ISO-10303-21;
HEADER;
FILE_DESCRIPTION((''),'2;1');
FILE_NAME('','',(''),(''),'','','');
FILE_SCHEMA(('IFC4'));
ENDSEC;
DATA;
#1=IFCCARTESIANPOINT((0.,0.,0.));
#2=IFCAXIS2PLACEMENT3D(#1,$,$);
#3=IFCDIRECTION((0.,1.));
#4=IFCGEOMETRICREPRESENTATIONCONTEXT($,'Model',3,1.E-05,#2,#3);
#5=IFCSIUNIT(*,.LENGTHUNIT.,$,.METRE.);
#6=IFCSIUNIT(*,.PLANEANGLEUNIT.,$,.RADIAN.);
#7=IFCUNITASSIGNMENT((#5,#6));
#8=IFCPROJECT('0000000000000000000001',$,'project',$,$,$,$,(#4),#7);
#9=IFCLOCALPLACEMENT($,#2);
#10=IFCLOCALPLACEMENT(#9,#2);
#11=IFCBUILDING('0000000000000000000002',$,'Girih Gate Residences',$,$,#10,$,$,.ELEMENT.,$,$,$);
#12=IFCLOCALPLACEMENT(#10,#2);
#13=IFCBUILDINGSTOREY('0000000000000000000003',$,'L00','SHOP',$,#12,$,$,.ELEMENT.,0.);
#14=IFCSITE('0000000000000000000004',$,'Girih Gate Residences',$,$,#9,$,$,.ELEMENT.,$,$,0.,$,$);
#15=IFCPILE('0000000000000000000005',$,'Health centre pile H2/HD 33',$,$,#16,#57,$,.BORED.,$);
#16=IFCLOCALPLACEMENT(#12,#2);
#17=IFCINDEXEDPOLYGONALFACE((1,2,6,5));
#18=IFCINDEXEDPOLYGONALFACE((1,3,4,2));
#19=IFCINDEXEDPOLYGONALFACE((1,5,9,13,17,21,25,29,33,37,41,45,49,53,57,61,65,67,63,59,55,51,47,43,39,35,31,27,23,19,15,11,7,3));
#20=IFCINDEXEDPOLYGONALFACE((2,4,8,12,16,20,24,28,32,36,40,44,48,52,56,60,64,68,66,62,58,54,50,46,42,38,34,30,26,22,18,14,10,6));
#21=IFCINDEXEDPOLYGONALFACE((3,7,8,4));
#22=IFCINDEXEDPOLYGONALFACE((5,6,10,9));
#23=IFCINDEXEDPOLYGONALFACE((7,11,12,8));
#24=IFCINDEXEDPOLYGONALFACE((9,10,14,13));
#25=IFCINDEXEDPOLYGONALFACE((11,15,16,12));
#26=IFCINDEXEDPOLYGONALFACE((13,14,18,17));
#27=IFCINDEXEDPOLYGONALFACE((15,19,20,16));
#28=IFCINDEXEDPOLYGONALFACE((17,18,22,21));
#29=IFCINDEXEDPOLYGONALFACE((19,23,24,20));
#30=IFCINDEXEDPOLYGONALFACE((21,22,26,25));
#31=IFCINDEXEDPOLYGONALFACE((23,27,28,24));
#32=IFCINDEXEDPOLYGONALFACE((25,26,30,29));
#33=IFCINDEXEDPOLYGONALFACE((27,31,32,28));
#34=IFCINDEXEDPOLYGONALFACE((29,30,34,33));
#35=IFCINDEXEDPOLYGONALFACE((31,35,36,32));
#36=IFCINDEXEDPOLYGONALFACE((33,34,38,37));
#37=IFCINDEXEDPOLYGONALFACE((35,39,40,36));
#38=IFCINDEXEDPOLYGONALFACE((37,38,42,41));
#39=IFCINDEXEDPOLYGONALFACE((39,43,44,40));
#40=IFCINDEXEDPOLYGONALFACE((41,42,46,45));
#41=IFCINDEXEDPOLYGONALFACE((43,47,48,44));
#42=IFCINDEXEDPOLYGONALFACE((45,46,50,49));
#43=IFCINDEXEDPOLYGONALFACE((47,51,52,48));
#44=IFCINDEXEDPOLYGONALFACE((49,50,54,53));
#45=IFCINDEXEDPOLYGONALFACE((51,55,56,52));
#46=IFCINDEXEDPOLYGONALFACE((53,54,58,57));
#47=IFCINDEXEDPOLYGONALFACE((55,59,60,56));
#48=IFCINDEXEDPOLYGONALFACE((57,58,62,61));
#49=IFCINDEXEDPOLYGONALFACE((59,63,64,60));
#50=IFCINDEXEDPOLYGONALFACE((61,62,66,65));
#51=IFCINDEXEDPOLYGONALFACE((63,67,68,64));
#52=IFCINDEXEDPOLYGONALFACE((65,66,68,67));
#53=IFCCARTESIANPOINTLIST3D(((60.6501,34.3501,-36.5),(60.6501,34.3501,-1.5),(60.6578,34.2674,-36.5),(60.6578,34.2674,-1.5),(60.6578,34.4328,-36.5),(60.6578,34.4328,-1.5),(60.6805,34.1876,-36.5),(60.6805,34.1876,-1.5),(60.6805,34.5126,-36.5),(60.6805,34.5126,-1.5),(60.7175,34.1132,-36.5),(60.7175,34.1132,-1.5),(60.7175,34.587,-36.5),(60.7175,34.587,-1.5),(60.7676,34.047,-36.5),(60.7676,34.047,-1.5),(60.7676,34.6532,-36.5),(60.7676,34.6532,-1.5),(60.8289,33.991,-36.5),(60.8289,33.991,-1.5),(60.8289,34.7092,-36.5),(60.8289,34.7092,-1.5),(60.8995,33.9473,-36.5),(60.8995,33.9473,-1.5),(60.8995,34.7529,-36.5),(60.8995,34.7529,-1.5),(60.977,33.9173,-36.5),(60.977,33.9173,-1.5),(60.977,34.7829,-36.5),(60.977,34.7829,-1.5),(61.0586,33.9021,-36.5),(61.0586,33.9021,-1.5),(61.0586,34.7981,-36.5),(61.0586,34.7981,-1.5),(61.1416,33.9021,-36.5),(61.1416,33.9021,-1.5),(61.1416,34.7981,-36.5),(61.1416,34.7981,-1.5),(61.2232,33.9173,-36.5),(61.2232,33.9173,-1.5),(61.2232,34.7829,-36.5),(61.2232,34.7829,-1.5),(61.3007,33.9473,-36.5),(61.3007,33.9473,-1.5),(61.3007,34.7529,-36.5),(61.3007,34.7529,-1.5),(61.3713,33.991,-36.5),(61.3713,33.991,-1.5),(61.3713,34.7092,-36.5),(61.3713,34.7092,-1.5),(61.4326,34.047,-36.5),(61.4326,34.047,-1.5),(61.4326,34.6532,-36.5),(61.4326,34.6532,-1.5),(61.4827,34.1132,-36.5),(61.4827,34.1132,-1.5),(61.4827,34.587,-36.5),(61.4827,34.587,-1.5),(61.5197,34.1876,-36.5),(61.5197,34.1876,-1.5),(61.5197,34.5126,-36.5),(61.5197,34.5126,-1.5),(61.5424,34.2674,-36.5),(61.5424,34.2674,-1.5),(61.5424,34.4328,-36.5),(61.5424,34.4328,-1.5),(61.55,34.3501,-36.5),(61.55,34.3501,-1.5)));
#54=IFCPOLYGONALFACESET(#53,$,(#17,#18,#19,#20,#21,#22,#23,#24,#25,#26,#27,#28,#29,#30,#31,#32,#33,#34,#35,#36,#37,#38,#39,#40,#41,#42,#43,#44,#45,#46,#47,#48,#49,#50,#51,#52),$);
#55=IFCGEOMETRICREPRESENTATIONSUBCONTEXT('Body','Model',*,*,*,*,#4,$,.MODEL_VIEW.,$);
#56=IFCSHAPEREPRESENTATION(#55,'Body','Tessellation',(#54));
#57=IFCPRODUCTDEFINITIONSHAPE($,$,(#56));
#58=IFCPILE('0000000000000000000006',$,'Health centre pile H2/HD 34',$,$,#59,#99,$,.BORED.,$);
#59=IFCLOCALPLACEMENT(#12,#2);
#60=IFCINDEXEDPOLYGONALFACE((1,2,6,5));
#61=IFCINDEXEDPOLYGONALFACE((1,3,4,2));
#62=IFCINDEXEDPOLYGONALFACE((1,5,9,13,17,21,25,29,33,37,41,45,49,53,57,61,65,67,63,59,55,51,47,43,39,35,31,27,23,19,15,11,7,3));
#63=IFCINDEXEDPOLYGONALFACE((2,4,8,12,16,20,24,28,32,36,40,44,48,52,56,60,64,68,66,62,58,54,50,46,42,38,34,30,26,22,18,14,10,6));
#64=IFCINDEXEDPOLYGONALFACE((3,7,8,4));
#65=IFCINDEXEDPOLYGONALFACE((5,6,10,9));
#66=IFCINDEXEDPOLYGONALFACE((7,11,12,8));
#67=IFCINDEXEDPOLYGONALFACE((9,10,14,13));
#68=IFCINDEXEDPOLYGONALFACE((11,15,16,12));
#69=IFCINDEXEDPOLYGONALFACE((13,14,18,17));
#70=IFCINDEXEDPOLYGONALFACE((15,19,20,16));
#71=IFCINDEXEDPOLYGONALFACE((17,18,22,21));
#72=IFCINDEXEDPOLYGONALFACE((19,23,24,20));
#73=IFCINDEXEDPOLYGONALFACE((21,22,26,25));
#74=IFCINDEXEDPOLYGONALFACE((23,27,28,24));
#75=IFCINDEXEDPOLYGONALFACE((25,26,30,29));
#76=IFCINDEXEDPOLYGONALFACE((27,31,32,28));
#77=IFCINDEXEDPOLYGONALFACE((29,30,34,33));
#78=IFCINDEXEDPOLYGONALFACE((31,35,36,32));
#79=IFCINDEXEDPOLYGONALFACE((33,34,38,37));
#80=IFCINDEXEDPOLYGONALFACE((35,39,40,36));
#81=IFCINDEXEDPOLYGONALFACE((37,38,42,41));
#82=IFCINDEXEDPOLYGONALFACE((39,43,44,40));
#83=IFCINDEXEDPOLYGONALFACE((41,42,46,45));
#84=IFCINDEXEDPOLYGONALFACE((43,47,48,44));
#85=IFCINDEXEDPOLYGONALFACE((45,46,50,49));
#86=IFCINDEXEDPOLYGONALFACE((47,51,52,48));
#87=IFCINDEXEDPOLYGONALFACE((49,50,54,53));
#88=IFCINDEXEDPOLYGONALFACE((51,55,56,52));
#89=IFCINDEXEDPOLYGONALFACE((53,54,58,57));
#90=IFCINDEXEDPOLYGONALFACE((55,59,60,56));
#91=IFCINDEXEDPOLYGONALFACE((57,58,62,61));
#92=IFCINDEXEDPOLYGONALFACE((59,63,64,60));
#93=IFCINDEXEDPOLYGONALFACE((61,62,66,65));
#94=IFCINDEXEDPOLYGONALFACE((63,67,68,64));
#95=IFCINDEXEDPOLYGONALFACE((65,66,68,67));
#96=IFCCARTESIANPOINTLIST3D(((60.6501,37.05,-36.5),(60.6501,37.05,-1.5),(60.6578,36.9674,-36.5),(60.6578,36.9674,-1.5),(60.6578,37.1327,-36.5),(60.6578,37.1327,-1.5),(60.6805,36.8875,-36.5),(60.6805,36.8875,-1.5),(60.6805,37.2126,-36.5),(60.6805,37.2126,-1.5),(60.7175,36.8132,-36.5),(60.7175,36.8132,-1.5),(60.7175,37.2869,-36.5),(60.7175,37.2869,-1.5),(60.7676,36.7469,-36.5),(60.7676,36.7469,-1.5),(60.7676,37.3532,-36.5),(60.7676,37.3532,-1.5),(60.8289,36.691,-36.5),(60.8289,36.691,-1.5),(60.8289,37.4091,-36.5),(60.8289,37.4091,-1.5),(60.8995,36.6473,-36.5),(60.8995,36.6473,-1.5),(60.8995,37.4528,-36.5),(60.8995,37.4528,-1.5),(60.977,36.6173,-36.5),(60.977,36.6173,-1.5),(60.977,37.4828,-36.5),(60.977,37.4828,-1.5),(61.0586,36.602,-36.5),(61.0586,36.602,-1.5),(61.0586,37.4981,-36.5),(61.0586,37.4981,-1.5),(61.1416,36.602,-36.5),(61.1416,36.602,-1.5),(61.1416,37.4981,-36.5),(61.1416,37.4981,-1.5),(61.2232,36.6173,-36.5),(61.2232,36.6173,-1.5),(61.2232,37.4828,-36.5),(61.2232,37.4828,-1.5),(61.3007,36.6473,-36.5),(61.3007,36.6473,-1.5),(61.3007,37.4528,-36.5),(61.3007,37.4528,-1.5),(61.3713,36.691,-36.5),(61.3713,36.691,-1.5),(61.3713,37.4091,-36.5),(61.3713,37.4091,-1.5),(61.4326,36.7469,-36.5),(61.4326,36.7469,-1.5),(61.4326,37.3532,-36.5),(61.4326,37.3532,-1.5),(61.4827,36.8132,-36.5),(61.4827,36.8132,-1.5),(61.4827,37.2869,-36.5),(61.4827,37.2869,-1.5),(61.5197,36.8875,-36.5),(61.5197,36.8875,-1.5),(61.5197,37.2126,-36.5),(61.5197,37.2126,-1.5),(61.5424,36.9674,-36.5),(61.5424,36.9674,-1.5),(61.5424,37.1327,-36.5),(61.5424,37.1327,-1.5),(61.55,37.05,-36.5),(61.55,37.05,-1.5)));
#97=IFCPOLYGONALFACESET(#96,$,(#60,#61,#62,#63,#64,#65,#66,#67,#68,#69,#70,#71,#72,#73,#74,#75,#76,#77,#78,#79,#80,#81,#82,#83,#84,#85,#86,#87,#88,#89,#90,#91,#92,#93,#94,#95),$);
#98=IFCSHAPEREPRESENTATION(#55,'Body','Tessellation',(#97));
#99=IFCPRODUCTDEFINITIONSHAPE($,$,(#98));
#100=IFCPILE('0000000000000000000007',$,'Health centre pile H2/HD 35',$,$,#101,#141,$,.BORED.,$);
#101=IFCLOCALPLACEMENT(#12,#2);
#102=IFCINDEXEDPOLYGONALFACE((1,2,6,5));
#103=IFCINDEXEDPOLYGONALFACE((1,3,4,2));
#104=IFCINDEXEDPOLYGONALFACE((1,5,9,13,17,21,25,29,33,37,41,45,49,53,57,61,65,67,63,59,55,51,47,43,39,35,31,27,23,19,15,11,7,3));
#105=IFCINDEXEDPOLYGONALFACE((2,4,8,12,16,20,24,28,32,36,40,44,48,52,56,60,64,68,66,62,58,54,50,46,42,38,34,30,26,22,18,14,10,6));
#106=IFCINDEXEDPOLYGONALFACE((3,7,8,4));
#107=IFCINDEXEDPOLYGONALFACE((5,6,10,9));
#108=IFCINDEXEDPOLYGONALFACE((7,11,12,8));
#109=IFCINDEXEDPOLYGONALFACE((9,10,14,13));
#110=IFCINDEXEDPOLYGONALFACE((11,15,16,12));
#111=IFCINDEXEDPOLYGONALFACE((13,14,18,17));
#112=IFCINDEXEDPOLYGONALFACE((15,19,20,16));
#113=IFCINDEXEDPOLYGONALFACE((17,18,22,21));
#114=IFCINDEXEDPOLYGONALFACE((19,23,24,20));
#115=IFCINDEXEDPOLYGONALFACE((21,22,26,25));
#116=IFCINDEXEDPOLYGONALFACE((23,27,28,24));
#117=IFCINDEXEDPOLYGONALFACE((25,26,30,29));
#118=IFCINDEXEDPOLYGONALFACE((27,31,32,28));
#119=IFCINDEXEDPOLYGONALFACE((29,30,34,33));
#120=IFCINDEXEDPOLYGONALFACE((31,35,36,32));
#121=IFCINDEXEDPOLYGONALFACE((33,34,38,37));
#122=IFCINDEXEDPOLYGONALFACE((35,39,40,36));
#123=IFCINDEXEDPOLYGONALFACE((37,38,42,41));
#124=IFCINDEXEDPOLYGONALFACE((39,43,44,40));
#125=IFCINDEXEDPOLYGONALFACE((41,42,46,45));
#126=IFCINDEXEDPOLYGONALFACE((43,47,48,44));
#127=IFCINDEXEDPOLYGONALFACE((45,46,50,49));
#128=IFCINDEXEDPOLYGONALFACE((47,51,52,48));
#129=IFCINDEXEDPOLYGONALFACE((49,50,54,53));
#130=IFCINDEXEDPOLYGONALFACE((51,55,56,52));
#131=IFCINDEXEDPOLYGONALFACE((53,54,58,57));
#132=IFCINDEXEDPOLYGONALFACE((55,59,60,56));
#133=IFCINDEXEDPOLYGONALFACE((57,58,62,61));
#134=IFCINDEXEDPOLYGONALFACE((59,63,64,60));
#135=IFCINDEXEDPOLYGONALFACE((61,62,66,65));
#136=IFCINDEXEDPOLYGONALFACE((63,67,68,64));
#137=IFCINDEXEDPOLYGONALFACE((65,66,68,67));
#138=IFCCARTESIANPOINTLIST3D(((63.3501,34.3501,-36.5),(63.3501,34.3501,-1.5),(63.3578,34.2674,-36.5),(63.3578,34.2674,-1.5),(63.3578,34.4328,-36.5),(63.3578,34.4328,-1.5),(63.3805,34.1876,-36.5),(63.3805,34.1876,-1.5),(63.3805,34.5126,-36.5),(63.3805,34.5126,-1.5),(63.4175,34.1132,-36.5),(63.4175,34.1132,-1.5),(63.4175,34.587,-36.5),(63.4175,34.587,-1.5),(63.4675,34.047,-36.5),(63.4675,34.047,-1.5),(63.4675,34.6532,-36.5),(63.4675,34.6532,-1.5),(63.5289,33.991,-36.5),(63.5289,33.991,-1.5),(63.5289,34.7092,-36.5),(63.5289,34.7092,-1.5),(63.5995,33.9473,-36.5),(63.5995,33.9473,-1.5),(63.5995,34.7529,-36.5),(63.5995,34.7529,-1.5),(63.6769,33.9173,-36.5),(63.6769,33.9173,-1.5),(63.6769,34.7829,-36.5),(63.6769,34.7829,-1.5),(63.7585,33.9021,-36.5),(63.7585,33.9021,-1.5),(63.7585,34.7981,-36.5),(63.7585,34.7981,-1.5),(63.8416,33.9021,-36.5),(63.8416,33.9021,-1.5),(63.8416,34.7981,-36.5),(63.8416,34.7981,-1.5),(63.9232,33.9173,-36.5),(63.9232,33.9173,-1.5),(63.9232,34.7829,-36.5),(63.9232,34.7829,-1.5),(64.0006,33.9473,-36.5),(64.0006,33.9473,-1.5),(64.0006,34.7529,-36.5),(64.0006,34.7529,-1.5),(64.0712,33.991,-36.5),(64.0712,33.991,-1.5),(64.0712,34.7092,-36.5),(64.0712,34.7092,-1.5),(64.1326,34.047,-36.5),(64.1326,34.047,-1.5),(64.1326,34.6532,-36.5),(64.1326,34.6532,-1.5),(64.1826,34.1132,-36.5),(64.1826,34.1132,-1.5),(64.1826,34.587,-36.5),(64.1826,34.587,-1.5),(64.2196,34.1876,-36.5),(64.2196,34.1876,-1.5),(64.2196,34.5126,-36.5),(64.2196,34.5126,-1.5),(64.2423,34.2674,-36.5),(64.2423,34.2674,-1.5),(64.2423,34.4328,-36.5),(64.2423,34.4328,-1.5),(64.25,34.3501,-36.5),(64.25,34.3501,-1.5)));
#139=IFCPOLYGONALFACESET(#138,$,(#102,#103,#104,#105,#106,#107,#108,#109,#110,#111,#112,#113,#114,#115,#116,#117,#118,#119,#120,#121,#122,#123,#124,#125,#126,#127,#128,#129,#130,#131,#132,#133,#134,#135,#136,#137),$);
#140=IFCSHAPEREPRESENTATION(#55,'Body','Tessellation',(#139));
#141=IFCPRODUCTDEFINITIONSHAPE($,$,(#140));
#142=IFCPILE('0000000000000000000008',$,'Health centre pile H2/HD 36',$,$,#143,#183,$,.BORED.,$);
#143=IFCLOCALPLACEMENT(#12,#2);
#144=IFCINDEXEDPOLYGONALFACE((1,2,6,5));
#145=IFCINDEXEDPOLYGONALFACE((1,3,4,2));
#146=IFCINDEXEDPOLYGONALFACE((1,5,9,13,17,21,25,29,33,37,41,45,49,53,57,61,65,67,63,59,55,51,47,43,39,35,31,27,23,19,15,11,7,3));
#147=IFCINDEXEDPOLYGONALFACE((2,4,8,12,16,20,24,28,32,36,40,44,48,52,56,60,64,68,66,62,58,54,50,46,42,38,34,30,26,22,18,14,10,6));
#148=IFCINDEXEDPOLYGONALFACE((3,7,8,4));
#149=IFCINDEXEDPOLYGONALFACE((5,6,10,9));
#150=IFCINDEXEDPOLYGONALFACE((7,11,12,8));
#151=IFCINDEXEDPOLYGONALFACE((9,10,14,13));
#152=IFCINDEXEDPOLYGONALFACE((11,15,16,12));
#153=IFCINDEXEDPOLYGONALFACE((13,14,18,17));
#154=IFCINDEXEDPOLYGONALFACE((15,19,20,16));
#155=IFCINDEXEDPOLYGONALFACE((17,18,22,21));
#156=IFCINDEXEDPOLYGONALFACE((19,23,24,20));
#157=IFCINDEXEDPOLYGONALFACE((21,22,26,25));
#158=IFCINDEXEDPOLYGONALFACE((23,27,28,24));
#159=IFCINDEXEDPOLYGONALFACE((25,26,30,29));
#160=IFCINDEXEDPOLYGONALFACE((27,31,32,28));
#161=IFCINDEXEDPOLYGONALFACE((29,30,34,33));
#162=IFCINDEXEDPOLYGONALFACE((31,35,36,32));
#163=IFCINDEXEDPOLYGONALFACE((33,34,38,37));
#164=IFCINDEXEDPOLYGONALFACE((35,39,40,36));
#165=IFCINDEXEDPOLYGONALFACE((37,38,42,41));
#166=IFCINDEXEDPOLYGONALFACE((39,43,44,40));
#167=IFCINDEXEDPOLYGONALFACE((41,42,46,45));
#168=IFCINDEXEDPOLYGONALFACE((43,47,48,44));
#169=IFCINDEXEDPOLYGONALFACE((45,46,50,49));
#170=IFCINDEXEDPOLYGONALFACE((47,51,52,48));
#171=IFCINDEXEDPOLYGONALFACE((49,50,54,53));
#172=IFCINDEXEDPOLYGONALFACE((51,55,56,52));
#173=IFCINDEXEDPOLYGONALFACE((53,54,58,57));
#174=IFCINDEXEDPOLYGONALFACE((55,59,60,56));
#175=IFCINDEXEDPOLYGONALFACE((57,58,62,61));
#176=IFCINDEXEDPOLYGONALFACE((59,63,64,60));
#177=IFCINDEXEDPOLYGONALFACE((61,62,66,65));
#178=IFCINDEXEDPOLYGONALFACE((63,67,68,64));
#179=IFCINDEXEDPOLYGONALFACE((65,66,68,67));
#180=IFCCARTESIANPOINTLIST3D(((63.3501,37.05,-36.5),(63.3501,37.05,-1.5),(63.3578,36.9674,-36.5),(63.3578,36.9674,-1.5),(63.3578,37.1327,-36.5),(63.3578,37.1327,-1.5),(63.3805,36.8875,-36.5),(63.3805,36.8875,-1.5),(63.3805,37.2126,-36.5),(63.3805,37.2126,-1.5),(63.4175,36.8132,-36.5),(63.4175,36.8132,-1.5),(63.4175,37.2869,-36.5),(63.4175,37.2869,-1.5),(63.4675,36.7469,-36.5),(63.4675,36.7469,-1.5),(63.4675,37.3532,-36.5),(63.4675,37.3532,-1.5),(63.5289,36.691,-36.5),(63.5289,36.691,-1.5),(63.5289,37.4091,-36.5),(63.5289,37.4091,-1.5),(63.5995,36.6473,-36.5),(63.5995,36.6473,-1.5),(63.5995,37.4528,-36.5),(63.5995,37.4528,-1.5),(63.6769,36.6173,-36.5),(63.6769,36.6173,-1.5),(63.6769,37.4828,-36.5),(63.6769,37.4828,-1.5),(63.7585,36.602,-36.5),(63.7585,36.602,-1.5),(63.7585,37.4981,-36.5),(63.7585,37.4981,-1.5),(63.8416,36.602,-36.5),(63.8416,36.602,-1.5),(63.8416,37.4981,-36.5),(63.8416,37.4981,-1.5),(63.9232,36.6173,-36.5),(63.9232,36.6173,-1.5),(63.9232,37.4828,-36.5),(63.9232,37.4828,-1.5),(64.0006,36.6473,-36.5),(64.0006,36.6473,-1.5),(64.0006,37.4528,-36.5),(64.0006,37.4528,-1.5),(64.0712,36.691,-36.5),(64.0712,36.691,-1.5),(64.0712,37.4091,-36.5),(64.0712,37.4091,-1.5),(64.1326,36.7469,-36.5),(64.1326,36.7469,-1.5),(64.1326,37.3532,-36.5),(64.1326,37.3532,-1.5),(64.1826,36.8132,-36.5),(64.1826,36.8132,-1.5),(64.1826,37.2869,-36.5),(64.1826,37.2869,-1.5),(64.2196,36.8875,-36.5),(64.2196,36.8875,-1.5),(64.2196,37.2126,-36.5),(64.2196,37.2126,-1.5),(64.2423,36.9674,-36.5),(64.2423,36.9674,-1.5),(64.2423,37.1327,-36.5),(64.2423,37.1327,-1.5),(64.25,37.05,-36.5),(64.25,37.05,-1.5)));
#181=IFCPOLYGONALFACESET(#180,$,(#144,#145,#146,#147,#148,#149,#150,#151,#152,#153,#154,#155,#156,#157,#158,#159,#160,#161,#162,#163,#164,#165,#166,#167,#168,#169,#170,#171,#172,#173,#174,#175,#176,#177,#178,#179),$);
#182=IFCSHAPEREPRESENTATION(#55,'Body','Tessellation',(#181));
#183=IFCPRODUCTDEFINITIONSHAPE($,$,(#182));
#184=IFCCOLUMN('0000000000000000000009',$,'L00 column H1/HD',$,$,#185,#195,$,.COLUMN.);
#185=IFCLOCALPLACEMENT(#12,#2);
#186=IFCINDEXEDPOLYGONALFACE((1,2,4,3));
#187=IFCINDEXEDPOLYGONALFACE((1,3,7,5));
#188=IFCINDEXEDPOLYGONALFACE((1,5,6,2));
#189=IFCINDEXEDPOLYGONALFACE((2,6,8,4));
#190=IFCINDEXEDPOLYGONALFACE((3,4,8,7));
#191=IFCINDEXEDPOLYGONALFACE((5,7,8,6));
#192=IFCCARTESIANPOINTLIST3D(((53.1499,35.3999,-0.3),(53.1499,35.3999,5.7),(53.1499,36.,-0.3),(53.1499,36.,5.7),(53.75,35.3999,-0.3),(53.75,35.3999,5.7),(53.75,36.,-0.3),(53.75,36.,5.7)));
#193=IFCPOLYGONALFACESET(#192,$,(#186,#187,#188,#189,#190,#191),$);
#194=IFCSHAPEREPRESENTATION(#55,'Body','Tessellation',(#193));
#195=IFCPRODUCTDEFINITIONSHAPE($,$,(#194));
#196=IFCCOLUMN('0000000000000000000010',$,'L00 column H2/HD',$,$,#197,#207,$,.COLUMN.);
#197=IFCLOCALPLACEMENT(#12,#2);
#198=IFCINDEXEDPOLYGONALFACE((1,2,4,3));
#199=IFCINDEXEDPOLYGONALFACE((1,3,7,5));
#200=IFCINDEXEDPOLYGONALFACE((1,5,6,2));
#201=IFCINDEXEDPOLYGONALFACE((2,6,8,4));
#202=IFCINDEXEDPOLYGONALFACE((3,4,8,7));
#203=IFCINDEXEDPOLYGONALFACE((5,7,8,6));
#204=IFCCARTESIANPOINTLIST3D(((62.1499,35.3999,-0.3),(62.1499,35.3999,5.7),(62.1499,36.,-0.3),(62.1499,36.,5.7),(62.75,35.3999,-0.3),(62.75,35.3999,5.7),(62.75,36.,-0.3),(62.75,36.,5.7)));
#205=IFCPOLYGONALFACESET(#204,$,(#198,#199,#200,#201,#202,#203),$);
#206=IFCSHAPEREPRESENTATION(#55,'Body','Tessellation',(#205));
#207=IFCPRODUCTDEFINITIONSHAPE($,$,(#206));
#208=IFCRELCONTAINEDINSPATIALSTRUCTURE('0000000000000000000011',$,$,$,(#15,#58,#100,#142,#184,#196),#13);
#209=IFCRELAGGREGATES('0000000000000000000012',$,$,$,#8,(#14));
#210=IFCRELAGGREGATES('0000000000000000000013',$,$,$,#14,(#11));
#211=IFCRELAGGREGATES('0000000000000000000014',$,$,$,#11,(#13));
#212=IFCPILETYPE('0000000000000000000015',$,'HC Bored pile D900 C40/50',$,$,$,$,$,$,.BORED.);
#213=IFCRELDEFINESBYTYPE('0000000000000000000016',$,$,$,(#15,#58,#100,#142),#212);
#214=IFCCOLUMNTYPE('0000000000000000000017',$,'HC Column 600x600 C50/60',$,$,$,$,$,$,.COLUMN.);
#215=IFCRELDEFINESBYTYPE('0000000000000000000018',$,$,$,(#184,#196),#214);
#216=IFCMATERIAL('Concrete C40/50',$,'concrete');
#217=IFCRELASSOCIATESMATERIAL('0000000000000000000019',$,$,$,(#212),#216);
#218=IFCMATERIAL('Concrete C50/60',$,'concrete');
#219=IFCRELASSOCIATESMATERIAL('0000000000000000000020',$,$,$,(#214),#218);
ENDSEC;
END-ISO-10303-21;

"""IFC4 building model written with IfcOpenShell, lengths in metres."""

from ifc_helpers import new_model, si_unit, direction, frame, origin, origin_2d, place, context, subcontext, project, spatial, rectangle, circle, extrude, material, material_profile, profile_set, type_object, element, save


model = new_model("IFC4")

# Units and contexts
model_context = context("Model", 3, precision=1e-05, world=origin(), true_north=direction((0.0, 1.0)))
body_context = subcontext(model_context, "Body", "Model", "MODEL_VIEW")
ifc_project = project(units=[si_unit("LENGTHUNIT", "METRE"), si_unit("PLANEANGLEUNIT", "RADIAN")], contexts=[model_context])

# Site, building, storey
site_placement = place(None, origin())
site = spatial("IfcSite", under=ifc_project, at=site_placement, Name="Girih Gate Residences", CompositionType="ELEMENT", RefElevation=0.0)
building_placement = place(site_placement, origin())
building = spatial("IfcBuilding", under=site, at=building_placement, Name="Girih Gate Residences", CompositionType="ELEMENT")
storey_placement = place(building_placement, origin())
storey = spatial("IfcBuildingStorey", under=building, at=storey_placement, Name="L00", Description="SHOP", CompositionType="ELEMENT", Elevation=0.0)

# Piles
ifc_material_1 = material(Name="Concrete C40/50", Category="concrete")
ifc_material_profile_1 = material_profile(ifc_material_1, circle(Radius=0.45, at=origin_2d()))
ifc_profile_set_1 = profile_set([ifc_material_profile_1], Name="Concrete C40/50")
pile_type = type_object("IfcPileType", Name="HC Bored pile D900 C40/50", PredefinedType="BORED", material=ifc_profile_set_1)
for number, where, z_axis, x_axis, name in (
    (1, (61.1001, 34.3501, -1.5), (0.0, 0.0, -1.0), (1.0, 0.0, 0.0), "Health centre pile H2/HD 33"),
    (2, (61.1001, 37.05, -1.5), (0.0, 0.0, -1.0), (1.0, 0.0, 0.0), "Health centre pile H2/HD 34"),
    (3, (63.8, 34.3501, -1.5), (0.0, 0.0, -1.0), (1.0, 0.0, 0.0), "Health centre pile H2/HD 35"),
    (4, (63.8, 37.05, -1.5), (0.0, 0.0, -1.0), (1.0, 0.0, 0.0), "Health centre pile H2/HD 36"),
):
    element("IfcPile", number, at=place(storey_placement, frame(where, z_axis=z_axis, x_axis=x_axis)), inside=storey, type_object=pile_type, Name=name, PredefinedType="BORED", context=body_context, shape_type="SweptSolid", body=[
        extrude(circle(Radius=0.45, at=origin_2d()), origin(), (0.0, 0.0, 1.0), 35.0),
    ])

# Columns
ifc_material_2 = material(Name="Concrete C50/60", Category="concrete")
ifc_material_profile_2 = material_profile(ifc_material_2, rectangle(XDim=0.6001, YDim=0.6001, at=origin_2d()))
ifc_profile_set_2 = profile_set([ifc_material_profile_2], Name="Concrete C50/60")
column_type = type_object("IfcColumnType", Name="HC Column 600x600 C50/60", PredefinedType="COLUMN", material=ifc_profile_set_2)
for number, where, z_axis, x_axis, name in (
    (5, (53.45, 35.7, -0.3), (0.0, 0.0, 1.0), (1.0, 0.0, 0.0), "L00 column H1/HD"),
    (6, (62.45, 35.7, -0.3), (0.0, 0.0, 1.0), (1.0, 0.0, 0.0), "L00 column H2/HD"),
):
    element("IfcColumn", number, at=place(storey_placement, frame(where, z_axis=z_axis, x_axis=x_axis)), inside=storey, type_object=column_type, Name=name, PredefinedType="COLUMN", context=body_context, shape_type="SweptSolid", body=[
        extrude(rectangle(XDim=0.6001, YDim=0.6001, at=origin_2d()), origin(), (0.0, 0.0, 1.0), 6.0),
    ])

save(model, "model.ifc")
